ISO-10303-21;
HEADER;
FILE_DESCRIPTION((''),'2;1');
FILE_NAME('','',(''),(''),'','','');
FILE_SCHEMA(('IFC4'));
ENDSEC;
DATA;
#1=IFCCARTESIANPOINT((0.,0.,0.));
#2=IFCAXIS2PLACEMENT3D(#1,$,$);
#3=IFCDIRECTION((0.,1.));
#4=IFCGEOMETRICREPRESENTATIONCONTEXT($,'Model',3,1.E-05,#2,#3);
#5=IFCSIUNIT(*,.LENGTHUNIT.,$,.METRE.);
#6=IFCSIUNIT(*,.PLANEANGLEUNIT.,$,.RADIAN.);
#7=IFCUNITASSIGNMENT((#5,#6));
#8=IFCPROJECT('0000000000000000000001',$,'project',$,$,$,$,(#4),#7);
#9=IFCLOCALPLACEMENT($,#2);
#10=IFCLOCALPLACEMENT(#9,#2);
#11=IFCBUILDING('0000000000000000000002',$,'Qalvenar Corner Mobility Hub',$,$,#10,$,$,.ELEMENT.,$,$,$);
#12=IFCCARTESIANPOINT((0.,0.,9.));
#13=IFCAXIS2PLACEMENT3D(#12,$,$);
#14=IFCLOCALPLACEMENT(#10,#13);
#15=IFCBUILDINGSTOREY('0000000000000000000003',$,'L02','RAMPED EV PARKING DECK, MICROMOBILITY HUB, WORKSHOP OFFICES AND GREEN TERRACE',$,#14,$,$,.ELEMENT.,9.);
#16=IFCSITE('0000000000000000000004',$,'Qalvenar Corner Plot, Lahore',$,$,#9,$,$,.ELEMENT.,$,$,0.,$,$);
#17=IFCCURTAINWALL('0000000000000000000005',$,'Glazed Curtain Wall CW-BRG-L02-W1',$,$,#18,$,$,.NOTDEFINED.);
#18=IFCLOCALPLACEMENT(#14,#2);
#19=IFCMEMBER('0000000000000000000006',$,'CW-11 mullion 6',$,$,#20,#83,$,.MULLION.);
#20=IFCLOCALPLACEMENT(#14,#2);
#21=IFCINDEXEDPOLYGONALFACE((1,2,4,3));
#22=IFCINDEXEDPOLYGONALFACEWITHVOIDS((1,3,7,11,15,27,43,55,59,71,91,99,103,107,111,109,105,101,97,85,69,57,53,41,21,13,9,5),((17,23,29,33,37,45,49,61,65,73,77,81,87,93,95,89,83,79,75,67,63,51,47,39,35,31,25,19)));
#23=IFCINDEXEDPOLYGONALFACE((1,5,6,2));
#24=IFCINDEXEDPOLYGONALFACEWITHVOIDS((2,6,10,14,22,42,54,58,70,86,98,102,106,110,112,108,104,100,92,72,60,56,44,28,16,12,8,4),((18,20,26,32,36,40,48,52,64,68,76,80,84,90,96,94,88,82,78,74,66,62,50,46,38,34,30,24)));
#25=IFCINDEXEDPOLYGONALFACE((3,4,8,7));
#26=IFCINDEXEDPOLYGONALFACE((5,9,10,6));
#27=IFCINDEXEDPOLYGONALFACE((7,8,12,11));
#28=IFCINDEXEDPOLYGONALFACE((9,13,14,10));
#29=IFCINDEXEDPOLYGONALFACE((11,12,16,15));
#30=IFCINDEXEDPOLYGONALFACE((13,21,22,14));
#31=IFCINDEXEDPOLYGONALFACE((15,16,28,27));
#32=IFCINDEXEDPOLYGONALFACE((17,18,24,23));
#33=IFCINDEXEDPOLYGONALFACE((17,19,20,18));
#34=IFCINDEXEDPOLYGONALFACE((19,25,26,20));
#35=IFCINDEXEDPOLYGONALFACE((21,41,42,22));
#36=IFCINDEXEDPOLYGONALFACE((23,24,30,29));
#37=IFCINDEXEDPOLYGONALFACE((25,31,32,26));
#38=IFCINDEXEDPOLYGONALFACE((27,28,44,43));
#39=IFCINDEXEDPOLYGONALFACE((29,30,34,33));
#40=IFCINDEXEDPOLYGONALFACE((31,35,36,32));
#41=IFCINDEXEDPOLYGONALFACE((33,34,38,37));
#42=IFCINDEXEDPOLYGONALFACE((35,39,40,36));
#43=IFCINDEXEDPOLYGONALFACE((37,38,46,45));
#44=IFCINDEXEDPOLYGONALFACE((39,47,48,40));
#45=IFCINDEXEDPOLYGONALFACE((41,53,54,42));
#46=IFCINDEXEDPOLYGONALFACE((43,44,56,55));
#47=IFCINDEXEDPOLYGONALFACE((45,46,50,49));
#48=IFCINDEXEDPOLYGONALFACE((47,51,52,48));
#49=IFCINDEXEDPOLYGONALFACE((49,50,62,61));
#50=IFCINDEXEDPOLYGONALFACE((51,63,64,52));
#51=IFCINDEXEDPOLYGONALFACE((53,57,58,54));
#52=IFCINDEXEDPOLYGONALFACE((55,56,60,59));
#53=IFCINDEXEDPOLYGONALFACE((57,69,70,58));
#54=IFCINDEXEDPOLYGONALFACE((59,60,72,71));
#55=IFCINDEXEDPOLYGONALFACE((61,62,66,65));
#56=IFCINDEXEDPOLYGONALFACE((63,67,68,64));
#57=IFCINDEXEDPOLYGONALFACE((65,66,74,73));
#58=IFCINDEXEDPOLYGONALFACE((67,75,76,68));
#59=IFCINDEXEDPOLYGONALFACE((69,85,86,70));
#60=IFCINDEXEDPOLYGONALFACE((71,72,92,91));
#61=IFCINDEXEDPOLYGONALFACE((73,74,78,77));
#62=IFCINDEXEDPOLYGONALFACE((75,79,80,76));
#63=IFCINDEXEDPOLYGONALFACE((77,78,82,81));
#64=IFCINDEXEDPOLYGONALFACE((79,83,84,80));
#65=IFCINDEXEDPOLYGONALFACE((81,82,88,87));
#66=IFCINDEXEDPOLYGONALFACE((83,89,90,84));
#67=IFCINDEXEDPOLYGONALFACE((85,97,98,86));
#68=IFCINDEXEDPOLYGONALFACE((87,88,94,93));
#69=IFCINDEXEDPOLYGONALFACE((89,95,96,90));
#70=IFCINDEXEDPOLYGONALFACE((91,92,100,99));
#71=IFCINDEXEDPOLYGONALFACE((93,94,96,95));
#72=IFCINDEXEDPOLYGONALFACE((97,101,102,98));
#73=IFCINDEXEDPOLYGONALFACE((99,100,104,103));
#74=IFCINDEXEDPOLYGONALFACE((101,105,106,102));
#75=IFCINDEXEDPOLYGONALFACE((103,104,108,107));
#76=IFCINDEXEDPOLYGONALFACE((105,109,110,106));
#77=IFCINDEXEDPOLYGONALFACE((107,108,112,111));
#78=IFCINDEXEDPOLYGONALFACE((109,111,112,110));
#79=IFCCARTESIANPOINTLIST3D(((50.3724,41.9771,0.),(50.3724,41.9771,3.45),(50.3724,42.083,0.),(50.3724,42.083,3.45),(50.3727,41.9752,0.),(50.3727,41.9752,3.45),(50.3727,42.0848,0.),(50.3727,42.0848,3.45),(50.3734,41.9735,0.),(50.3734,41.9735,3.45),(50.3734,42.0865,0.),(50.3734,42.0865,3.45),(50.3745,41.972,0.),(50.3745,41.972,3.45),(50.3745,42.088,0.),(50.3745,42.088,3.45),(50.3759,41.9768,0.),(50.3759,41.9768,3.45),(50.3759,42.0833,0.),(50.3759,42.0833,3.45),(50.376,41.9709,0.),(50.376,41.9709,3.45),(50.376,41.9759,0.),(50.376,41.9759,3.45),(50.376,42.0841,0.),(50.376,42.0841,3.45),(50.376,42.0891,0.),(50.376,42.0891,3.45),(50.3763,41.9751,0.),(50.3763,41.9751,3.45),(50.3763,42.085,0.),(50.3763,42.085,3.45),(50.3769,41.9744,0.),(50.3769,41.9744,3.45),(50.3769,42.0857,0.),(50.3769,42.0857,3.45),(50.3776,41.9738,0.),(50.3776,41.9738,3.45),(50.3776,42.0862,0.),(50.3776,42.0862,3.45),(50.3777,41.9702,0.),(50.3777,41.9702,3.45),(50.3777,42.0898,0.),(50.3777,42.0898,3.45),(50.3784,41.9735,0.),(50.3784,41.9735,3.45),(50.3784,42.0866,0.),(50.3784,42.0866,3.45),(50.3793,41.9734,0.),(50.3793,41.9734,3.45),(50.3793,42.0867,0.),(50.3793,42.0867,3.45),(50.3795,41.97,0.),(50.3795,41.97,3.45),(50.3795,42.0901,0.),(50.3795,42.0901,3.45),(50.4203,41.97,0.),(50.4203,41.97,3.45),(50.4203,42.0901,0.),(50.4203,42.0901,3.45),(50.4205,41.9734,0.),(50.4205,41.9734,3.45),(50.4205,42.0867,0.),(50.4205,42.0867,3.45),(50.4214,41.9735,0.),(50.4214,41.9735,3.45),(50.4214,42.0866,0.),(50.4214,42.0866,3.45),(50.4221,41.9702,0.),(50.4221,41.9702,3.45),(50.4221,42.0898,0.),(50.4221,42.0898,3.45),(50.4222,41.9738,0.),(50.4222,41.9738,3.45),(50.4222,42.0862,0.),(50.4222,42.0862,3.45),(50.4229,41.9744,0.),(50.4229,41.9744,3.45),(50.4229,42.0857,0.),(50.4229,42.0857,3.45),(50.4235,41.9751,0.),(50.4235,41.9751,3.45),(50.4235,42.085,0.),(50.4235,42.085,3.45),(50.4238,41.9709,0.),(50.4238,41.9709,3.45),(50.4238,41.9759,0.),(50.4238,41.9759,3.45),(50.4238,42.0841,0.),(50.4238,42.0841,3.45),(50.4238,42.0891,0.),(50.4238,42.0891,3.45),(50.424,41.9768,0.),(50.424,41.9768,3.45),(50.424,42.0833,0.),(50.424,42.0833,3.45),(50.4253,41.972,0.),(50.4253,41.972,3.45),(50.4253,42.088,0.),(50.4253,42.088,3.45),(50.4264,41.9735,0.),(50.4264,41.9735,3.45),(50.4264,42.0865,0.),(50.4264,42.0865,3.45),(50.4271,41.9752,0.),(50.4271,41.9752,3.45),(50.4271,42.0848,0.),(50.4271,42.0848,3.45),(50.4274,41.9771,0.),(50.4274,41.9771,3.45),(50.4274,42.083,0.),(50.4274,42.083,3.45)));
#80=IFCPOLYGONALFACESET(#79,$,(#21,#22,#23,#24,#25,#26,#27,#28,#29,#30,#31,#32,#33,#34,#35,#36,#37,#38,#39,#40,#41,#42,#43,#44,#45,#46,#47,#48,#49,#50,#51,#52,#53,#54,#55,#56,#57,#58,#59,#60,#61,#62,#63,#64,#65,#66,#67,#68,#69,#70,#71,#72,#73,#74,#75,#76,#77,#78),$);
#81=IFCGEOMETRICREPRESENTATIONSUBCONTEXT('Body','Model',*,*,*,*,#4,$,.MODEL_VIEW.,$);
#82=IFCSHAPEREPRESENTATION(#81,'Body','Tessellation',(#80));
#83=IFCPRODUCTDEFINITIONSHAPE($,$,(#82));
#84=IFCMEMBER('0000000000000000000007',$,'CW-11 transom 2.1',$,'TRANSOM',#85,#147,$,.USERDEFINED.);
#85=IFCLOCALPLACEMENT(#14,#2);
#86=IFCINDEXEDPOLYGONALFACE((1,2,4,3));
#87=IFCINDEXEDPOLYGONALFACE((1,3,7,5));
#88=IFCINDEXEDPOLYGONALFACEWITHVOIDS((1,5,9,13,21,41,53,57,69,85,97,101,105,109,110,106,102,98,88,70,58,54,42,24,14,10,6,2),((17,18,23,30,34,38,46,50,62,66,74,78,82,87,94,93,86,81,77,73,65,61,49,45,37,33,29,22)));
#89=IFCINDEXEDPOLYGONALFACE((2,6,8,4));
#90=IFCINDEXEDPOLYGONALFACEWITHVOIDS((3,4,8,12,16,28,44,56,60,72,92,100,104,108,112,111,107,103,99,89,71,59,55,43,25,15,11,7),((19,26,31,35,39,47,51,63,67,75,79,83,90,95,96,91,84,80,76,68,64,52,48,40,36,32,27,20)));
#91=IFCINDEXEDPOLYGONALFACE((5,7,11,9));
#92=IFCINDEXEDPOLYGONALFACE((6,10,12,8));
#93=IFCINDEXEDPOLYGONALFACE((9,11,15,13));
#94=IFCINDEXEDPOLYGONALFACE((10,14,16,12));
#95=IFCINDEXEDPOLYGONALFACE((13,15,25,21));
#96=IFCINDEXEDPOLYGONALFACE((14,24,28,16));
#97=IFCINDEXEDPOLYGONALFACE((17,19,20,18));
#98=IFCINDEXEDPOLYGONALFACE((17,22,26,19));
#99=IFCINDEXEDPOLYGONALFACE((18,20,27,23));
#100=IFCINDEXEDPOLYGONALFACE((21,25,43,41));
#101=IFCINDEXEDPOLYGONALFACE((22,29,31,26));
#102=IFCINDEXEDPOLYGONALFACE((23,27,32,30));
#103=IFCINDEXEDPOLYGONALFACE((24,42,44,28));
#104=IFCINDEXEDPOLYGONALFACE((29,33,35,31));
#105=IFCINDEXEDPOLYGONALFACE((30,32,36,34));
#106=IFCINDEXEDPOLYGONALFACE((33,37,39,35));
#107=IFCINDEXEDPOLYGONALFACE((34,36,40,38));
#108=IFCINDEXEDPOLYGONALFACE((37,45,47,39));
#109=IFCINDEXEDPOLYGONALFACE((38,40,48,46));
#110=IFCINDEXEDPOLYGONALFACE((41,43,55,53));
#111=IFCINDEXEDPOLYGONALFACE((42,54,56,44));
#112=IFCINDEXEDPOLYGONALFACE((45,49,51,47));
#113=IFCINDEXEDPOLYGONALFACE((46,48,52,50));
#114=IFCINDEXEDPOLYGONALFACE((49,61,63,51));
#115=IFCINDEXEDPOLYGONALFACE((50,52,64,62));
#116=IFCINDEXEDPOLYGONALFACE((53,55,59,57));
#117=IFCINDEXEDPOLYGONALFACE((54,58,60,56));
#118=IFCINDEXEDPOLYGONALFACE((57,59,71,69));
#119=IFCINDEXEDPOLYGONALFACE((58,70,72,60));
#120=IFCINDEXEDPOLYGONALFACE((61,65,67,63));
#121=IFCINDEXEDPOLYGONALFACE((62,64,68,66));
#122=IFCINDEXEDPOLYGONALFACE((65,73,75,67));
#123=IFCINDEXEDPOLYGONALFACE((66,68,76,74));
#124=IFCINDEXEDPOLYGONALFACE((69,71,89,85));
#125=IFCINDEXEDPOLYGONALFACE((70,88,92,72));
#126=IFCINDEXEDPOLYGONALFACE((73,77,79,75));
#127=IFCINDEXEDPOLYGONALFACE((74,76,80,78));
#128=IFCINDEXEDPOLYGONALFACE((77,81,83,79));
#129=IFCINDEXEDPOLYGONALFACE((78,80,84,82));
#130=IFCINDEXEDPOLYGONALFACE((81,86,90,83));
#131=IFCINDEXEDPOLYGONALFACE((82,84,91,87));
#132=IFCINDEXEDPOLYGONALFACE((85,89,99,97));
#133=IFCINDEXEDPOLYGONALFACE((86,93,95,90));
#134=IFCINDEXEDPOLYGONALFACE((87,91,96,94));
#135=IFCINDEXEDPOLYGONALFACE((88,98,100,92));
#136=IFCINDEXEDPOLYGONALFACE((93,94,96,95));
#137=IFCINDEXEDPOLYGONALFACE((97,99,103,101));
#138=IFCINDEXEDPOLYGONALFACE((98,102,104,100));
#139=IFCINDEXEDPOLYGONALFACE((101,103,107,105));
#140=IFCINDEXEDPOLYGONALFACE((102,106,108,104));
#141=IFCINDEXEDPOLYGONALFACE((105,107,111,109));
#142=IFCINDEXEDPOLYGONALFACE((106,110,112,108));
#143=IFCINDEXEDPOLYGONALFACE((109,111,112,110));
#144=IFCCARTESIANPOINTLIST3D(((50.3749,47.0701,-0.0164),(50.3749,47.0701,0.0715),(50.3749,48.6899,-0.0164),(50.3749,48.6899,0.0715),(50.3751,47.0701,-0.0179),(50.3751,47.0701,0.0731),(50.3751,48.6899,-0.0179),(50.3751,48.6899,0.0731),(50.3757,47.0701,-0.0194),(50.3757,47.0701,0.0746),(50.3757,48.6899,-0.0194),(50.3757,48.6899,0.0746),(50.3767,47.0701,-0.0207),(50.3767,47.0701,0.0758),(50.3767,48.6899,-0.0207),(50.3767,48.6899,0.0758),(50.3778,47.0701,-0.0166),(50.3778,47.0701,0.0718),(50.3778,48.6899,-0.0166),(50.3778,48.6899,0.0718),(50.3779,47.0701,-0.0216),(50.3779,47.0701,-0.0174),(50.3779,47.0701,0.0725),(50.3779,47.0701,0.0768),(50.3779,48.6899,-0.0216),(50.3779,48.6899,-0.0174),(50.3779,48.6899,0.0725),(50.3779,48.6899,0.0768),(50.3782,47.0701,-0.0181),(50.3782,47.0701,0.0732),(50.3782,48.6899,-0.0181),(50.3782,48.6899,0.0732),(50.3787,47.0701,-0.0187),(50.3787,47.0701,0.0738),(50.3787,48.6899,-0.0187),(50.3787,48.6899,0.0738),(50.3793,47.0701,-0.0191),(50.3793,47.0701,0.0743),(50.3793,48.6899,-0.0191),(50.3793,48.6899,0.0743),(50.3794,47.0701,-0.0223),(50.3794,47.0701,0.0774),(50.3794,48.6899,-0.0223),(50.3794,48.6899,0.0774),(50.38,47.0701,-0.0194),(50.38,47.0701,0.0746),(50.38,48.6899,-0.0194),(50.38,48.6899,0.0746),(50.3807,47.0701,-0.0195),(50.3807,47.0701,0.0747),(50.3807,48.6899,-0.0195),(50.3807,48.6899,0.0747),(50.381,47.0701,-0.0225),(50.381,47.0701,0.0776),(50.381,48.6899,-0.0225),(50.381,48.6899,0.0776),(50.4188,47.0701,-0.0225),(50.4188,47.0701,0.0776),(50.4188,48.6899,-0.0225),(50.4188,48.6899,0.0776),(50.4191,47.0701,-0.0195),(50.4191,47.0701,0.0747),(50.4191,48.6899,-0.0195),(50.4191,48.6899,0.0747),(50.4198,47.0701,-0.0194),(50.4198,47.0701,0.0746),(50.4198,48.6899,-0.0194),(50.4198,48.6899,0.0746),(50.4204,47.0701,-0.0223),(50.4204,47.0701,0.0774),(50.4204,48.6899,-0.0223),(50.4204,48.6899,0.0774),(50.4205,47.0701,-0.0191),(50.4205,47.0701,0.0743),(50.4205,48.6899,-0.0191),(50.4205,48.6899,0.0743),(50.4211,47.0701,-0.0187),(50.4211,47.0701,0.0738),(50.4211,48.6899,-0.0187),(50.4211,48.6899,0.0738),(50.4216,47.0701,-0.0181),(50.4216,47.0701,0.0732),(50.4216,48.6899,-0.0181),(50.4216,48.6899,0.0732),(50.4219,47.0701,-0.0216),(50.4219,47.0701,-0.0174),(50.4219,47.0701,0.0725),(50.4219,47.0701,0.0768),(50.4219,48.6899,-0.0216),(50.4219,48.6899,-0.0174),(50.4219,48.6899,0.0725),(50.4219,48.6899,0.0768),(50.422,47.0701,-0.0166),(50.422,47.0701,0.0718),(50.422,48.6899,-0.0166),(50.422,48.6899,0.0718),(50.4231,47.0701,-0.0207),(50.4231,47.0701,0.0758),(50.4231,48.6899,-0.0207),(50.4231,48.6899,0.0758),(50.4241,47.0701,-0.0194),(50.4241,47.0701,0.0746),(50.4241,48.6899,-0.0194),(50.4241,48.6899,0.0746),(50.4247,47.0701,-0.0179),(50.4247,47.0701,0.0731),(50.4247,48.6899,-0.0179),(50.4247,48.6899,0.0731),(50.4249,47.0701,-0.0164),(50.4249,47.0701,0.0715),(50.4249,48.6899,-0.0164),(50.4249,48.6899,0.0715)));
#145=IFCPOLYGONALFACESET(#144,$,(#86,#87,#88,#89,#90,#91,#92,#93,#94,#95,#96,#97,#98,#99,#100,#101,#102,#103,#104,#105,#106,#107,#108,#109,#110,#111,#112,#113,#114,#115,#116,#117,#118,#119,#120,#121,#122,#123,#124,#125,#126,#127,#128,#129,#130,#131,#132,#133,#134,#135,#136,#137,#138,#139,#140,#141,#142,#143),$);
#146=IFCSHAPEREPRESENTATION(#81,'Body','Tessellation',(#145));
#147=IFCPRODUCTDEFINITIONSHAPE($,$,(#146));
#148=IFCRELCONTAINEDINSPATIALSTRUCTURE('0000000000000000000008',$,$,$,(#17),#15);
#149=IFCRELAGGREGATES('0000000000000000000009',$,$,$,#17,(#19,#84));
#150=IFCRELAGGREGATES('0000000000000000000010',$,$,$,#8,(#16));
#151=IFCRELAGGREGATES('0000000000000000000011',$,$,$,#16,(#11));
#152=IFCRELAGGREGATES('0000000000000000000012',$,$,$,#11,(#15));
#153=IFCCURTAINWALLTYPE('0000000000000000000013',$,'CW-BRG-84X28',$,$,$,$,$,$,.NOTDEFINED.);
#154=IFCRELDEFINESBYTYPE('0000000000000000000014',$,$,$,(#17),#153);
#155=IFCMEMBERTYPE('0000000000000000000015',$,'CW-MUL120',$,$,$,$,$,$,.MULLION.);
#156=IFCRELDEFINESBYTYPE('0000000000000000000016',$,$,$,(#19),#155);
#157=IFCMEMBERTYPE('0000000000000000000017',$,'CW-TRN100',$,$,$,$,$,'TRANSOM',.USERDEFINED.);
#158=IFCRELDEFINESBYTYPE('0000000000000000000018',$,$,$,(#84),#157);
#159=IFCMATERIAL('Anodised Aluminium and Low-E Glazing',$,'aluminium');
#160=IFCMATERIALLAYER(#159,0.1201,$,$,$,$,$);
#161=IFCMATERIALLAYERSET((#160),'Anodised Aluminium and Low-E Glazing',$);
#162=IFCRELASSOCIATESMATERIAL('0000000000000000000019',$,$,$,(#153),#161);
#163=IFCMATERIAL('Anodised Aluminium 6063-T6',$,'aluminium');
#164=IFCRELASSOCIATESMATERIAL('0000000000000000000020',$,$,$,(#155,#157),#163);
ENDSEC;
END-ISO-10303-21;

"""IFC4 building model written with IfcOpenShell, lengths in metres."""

from ifc_helpers import new_model, si_unit, direction, frame, origin, origin_2d, place, context, subcontext, project, spatial, hollow_rectangle, extrude, material, layer, layer_set, material_profile, profile_set, type_object, element, aggregate, save


model = new_model("IFC4")

# Units and contexts
model_context = context("Model", 3, precision=1e-05, world=origin(), true_north=direction((0.0, 1.0)))
body_context = subcontext(model_context, "Body", "Model", "MODEL_VIEW")
ifc_project = project(units=[si_unit("LENGTHUNIT", "METRE"), si_unit("PLANEANGLEUNIT", "RADIAN")], contexts=[model_context])

# Site, building, storey
site_placement = place(None, origin())
site = spatial("IfcSite", under=ifc_project, at=site_placement, Name="Qalvenar Corner Plot, Lahore", CompositionType="ELEMENT", RefElevation=0.0)
building_placement = place(site_placement, origin())
building = spatial("IfcBuilding", under=site, at=building_placement, Name="Qalvenar Corner Mobility Hub", CompositionType="ELEMENT")
storey_placement = place(building_placement, frame((0.0, 0.0, 9.0)))
storey = spatial("IfcBuildingStorey", under=building, at=storey_placement, Name="L02", Description="RAMPED EV PARKING DECK, MICROMOBILITY HUB, WORKSHOP OFFICES AND GREEN TERRACE", CompositionType="ELEMENT", Elevation=9.0)

# Curtain wall, members
ifc_material_1 = material(Name="Anodised Aluminium and Low-E Glazing", Category="aluminium")
ifc_layer_1 = layer(ifc_material_1, 0.1201)
ifc_layer_set_1 = layer_set([ifc_layer_1], Name="Anodised Aluminium and Low-E Glazing")
curtain_wall_type = type_object("IfcCurtainWallType", Name="CW-BRG-84X28", PredefinedType="NOTDEFINED", material=ifc_layer_set_1)
curtain_wall_placement = place(storey_placement, origin())
curtain_wall = element("IfcCurtainWall", 1, at=curtain_wall_placement, inside=storey, type_object=curtain_wall_type, Name="Glazed Curtain Wall CW-BRG-L02-W1", PredefinedType="NOTDEFINED")
ifc_material_2 = material(Name="Anodised Aluminium 6063-T6", Category="aluminium")
ifc_material_profile_1 = material_profile(ifc_material_2, hollow_rectangle(XDim=0.0549, YDim=0.1201, WallThickness=0.0034, InnerFilletRadius=0.0034, OuterFilletRadius=0.0071, at=origin_2d()), Name="RHS120x55x3.5")
ifc_profile_set_1 = profile_set([ifc_material_profile_1], Name="Anodised Aluminium 6063-T6")
member_type_1 = type_object("IfcMemberType", Name="CW-MUL120", PredefinedType="MULLION", material=ifc_profile_set_1)
member_1_placement = place(storey_placement, frame((50.3999, 42.03, 0.0), z_axis=(0.0, 0.0, 1.0), x_axis=(1.0, 0.0, 0.0)))
member_1 = element("IfcMember", 2, at=member_1_placement, type_object=member_type_1, Name="CW-11 mullion 6", PredefinedType="MULLION", context=body_context, shape_type="SweptSolid", body=[
    extrude(hollow_rectangle(XDim=0.0549, YDim=0.1201, WallThickness=0.0034, InnerFilletRadius=0.0034, OuterFilletRadius=0.0071, at=origin_2d()), origin(), (0.0, 0.0, 1.0), 3.45),
])
ifc_material_profile_2 = material_profile(ifc_material_2, hollow_rectangle(XDim=0.05, YDim=0.1001, WallThickness=0.0029, InnerFilletRadius=0.0029, OuterFilletRadius=0.0061, at=origin_2d()), Name="RHS100x50x3")
ifc_profile_set_2 = profile_set([ifc_material_profile_2], Name="Anodised Aluminium 6063-T6")
member_type_2 = type_object("IfcMemberType", Name="CW-TRN100", ElementType="TRANSOM", PredefinedType="USERDEFINED", material=ifc_profile_set_2)
member_2_placement = place(storey_placement, frame((50.3999, 48.6899, 0.0276), z_axis=(0.0, -1.0, 0.0), x_axis=(1.0, 0.0, 0.0)))
member_2 = element("IfcMember", 3, at=member_2_placement, type_object=member_type_2, Name="CW-11 transom 2.1", ObjectType="TRANSOM", PredefinedType="USERDEFINED", context=body_context, shape_type="SweptSolid", body=[
    extrude(hollow_rectangle(XDim=0.05, YDim=0.1001, WallThickness=0.0029, InnerFilletRadius=0.0029, OuterFilletRadius=0.0061, at=origin_2d()), origin(), (0.0, 0.0, 1.0), 1.6199),
])
aggregate(curtain_wall, [member_1, member_2])

save(model, "model.ifc")
